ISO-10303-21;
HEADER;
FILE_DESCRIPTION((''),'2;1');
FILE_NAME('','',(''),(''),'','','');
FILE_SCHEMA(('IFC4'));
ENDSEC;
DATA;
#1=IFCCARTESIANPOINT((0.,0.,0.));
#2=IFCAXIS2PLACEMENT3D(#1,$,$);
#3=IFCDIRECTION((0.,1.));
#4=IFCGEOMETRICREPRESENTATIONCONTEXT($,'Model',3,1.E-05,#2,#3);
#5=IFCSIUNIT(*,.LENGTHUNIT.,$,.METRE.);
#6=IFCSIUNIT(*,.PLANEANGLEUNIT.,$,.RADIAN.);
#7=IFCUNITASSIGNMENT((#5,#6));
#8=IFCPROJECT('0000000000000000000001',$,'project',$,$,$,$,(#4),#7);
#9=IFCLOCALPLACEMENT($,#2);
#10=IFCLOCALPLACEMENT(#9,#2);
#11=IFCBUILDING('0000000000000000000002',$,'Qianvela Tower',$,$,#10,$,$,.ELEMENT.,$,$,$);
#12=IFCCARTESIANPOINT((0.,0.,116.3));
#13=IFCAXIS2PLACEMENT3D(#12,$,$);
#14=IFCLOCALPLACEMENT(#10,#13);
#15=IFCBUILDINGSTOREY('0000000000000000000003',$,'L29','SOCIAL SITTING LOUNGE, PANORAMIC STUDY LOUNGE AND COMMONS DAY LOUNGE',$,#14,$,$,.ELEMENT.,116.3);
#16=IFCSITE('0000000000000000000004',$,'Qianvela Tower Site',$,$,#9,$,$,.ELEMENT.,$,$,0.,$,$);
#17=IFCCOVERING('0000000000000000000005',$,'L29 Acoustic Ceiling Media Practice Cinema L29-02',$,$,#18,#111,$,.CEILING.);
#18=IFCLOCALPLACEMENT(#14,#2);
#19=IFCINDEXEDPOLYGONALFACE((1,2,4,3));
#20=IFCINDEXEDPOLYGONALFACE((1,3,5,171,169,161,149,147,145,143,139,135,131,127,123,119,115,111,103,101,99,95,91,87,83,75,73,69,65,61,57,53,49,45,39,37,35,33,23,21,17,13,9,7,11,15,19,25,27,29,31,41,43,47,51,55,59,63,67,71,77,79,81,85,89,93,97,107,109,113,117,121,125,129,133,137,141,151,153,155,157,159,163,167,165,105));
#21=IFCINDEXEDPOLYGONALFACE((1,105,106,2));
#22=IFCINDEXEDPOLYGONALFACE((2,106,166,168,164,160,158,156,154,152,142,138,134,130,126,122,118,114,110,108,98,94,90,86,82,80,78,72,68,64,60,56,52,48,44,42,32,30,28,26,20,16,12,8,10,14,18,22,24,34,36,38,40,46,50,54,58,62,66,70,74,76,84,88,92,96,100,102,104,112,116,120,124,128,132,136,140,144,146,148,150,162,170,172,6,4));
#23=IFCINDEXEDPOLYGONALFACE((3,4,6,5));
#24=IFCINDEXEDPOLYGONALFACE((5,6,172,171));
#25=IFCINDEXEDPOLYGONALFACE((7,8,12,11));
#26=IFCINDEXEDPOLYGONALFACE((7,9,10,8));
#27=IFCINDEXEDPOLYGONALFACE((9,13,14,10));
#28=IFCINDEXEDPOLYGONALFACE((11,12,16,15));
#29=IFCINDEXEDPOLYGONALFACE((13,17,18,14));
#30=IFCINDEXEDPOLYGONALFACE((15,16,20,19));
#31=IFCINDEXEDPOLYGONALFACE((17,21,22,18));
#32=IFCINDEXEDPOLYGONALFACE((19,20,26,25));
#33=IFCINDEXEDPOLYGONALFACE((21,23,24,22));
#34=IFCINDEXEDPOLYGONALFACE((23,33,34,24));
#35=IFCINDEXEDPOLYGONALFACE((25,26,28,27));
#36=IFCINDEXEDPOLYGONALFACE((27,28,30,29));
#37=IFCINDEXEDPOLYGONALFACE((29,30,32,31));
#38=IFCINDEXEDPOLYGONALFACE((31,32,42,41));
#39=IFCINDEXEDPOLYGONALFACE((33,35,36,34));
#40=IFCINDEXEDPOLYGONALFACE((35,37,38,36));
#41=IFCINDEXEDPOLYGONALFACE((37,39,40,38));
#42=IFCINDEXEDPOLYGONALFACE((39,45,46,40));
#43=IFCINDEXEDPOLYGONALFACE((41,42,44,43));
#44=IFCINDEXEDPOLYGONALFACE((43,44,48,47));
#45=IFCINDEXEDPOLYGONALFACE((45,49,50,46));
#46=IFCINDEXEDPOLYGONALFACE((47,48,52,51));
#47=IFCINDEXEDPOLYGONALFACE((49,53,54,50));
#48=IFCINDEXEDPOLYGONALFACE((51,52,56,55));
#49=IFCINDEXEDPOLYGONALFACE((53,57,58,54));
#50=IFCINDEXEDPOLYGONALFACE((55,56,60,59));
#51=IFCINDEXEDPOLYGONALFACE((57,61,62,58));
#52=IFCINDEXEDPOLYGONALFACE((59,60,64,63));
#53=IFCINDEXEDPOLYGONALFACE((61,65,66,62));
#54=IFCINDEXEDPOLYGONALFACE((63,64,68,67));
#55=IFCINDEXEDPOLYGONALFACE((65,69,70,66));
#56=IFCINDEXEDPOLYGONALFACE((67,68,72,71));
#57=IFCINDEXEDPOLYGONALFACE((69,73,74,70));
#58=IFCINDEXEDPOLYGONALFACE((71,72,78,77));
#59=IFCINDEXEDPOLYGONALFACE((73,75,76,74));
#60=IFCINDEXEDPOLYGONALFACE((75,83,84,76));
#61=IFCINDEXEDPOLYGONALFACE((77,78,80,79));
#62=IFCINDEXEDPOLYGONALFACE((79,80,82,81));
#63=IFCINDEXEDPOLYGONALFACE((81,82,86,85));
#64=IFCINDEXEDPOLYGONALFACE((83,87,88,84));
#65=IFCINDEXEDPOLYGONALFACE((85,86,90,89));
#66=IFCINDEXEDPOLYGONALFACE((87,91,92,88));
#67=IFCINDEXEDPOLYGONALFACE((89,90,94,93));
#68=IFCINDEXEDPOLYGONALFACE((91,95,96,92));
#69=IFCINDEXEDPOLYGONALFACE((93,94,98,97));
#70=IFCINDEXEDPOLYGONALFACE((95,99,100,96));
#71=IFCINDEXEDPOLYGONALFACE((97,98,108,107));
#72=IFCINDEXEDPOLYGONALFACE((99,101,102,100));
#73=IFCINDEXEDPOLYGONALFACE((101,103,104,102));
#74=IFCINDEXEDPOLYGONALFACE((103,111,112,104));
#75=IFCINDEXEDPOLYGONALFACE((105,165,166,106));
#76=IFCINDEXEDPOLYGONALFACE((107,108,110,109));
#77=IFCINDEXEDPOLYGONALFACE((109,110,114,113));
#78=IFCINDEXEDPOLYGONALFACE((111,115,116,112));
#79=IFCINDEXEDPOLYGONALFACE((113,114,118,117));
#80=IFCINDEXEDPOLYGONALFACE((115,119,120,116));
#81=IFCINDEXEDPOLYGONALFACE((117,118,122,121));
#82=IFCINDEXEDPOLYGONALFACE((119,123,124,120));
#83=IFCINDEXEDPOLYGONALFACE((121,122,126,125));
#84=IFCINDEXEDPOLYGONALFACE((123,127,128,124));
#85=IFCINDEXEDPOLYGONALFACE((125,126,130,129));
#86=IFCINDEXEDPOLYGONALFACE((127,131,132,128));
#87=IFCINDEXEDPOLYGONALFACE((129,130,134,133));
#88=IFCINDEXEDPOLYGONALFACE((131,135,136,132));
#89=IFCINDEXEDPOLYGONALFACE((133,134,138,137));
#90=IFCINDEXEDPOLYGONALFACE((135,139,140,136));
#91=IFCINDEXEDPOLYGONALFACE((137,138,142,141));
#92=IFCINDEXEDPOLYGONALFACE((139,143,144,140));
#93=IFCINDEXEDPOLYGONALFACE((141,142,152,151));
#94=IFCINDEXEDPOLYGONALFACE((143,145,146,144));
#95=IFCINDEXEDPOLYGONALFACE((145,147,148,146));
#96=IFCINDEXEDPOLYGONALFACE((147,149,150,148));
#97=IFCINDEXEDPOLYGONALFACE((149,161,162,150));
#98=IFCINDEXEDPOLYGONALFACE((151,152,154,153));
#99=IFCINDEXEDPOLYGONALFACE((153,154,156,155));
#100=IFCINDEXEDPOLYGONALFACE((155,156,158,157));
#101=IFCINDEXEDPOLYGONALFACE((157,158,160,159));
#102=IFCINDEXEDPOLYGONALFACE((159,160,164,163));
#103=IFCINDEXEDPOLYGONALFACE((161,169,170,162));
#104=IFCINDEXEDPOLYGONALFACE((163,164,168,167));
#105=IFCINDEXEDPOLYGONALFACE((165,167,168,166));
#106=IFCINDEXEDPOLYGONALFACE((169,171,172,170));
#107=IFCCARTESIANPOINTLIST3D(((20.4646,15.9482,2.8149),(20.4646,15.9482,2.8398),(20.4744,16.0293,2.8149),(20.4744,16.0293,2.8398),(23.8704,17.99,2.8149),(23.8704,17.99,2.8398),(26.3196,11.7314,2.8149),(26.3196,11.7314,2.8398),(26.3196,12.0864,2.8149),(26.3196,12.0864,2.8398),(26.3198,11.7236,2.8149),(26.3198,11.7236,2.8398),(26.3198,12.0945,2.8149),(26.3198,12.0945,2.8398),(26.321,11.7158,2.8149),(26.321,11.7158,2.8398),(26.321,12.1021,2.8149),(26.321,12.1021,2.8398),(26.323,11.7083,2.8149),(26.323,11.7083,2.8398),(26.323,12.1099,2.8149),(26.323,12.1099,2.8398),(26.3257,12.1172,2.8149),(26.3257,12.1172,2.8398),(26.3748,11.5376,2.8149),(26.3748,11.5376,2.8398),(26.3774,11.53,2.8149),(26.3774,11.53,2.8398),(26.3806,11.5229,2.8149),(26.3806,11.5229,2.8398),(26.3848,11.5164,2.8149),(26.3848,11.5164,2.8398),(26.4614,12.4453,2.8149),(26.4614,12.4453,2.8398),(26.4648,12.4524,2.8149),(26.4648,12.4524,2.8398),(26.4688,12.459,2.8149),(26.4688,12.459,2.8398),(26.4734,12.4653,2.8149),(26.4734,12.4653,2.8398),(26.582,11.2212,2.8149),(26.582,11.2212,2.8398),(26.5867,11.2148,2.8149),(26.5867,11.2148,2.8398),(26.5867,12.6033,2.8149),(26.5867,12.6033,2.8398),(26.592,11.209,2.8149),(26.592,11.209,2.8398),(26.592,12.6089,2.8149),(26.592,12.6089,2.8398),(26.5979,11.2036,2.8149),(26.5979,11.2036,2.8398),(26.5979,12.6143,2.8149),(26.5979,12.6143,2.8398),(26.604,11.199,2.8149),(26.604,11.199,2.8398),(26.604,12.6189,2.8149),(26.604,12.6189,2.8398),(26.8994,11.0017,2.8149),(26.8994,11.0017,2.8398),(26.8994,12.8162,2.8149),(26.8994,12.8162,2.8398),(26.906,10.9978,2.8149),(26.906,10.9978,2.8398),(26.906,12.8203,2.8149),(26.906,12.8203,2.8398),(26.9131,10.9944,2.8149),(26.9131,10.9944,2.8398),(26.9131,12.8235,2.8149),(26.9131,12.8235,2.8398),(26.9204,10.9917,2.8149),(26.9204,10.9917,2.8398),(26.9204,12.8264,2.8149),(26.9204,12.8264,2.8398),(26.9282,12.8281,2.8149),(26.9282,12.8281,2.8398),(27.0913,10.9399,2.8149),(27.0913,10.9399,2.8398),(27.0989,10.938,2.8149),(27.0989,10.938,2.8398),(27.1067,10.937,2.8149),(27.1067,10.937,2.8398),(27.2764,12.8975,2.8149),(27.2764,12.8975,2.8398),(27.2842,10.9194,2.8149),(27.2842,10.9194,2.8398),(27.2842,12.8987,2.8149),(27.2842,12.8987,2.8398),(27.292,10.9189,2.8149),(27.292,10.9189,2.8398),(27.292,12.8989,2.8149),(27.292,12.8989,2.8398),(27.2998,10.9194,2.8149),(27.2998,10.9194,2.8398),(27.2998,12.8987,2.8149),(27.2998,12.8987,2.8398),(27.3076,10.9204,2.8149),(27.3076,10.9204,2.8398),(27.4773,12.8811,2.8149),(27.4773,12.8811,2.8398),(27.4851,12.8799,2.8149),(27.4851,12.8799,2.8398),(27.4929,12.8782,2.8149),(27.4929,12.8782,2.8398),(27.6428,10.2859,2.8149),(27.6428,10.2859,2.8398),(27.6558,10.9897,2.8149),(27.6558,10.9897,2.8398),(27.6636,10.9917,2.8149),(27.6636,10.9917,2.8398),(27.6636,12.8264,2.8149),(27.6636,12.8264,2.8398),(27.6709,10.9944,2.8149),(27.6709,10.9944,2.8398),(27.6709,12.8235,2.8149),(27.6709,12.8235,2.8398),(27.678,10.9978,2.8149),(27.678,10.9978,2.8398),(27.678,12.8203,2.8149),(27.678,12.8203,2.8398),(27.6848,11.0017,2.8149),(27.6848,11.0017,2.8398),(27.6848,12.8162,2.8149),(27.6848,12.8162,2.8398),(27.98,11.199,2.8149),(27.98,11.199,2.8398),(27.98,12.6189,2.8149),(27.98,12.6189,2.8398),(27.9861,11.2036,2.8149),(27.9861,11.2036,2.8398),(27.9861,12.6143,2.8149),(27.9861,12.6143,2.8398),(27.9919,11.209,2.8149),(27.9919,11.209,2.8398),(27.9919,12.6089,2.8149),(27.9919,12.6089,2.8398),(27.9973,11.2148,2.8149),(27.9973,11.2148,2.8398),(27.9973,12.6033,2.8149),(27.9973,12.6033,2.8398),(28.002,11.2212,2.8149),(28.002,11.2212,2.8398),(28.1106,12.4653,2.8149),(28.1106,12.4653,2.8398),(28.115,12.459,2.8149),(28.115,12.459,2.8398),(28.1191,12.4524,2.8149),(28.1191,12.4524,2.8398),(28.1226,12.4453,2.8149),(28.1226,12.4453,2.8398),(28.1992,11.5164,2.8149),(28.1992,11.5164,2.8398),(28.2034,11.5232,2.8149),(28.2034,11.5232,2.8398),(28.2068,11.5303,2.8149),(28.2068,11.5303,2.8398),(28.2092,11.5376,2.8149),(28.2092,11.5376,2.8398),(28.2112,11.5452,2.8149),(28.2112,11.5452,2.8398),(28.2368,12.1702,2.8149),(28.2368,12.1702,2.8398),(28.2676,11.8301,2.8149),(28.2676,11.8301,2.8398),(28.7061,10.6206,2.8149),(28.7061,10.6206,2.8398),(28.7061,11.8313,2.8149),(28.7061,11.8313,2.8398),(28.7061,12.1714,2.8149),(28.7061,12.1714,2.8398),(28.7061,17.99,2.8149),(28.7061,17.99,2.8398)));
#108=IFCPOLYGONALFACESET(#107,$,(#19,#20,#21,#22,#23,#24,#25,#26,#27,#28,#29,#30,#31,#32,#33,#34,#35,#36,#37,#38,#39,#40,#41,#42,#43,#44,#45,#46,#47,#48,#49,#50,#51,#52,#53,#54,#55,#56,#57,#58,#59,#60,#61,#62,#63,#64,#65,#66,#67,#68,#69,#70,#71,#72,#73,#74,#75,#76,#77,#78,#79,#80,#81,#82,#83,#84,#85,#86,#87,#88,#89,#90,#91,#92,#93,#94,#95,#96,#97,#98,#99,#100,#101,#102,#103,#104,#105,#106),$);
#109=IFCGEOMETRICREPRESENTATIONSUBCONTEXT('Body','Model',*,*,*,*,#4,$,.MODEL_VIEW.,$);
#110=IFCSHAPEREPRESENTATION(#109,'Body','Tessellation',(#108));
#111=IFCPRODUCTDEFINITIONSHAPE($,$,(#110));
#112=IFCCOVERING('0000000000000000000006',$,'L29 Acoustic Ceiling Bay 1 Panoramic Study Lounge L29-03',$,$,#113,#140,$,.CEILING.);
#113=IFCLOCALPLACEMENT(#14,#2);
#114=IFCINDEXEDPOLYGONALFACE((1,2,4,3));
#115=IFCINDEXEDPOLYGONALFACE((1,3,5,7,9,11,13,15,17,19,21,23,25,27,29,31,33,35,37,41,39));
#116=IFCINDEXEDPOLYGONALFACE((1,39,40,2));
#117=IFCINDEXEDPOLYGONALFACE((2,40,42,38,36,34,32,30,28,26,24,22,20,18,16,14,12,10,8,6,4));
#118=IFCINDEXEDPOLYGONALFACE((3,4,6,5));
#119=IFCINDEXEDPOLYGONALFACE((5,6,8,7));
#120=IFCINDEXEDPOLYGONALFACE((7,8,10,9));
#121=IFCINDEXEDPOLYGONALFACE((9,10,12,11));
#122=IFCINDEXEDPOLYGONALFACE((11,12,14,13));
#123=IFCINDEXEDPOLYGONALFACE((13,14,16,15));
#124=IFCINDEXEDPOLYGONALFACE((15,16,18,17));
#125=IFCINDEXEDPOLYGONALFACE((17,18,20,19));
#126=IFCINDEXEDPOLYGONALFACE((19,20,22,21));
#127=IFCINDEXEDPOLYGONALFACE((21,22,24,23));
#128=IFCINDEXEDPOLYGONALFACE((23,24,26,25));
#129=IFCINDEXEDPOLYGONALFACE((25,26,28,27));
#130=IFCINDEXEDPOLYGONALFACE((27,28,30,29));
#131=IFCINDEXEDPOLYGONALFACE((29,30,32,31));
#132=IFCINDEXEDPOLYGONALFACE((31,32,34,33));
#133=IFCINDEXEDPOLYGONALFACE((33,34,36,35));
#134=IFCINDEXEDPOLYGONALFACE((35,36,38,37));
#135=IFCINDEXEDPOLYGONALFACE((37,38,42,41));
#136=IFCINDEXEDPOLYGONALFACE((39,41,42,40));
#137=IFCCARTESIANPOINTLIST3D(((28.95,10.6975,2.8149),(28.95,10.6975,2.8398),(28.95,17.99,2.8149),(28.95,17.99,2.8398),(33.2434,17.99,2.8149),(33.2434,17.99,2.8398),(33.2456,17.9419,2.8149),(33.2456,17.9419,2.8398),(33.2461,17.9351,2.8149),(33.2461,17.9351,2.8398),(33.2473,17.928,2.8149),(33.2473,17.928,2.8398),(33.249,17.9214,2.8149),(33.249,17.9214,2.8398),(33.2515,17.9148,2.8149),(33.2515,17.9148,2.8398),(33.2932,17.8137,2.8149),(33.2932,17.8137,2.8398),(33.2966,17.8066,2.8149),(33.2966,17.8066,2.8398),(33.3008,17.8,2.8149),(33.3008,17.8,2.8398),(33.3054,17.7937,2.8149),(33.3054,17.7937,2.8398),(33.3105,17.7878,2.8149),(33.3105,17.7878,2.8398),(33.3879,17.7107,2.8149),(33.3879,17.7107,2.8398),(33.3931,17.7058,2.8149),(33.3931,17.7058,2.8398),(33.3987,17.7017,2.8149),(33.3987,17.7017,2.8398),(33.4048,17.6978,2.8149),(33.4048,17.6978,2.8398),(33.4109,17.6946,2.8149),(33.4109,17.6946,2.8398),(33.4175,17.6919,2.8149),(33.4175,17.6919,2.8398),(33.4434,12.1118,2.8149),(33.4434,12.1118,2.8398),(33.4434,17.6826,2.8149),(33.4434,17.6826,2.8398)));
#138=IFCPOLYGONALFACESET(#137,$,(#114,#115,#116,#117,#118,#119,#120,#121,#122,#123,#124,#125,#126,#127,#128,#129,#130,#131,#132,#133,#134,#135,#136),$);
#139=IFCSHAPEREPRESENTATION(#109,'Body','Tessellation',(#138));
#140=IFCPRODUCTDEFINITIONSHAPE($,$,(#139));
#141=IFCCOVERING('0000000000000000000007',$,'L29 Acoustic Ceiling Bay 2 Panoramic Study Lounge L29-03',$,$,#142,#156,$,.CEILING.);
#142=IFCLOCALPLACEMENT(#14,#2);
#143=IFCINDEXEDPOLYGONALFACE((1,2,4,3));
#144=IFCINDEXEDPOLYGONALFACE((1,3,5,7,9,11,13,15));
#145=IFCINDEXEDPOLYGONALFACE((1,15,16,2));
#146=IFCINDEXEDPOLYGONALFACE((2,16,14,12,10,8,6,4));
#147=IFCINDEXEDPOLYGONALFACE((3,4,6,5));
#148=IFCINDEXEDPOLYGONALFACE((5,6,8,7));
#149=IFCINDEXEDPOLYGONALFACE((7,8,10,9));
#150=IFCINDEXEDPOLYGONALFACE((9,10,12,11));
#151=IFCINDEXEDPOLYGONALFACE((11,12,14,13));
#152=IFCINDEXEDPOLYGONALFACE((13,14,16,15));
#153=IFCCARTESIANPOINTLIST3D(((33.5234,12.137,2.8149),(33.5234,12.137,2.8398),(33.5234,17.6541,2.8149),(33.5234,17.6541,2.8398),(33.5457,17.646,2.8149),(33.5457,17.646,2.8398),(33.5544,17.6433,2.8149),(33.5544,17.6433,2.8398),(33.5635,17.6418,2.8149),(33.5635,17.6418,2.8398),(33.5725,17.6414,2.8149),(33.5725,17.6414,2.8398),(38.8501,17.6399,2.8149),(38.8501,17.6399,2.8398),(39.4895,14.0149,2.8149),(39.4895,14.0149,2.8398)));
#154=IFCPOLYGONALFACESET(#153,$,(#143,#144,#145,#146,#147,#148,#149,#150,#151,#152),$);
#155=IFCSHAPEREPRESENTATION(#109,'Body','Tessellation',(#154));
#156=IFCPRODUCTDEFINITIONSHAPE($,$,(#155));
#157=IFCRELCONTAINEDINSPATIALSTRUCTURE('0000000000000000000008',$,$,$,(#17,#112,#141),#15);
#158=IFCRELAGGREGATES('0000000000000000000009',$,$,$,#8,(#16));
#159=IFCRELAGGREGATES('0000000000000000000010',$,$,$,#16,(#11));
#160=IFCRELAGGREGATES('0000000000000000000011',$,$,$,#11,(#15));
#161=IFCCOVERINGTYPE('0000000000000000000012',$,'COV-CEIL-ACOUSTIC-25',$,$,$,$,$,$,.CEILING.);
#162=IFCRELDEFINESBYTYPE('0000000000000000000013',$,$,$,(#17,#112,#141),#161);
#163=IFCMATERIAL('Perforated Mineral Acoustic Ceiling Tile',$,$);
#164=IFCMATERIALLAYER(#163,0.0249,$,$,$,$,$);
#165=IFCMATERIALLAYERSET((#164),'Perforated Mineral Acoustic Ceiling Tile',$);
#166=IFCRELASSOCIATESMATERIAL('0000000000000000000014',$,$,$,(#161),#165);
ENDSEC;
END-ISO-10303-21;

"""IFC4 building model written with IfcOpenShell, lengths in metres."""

from ifc_helpers import new_model, si_unit, direction, frame, origin, place, context, subcontext, project, spatial, polyline, outline, extrude, material, layer, layer_set, type_object, element, save


model = new_model("IFC4")

# Units and contexts
model_context = context("Model", 3, precision=1e-05, world=origin(), true_north=direction((0.0, 1.0)))
body_context = subcontext(model_context, "Body", "Model", "MODEL_VIEW")
ifc_project = project(units=[si_unit("LENGTHUNIT", "METRE"), si_unit("PLANEANGLEUNIT", "RADIAN")], contexts=[model_context])

# Site, building, storey
site_placement = place(None, origin())
site = spatial("IfcSite", under=ifc_project, at=site_placement, Name="Qianvela Tower Site", CompositionType="ELEMENT", RefElevation=0.0)
building_placement = place(site_placement, origin())
building = spatial("IfcBuilding", under=site, at=building_placement, Name="Qianvela Tower", CompositionType="ELEMENT")
storey_placement = place(building_placement, frame((0.0, 0.0, 116.3)))
storey = spatial("IfcBuildingStorey", under=building, at=storey_placement, Name="L29", Description="SOCIAL SITTING LOUNGE, PANORAMIC STUDY LOUNGE AND COMMONS DAY LOUNGE", CompositionType="ELEMENT", Elevation=116.3)

# Coverings
ifc_material_1 = material(Name="Perforated Mineral Acoustic Ceiling Tile")
ifc_layer_1 = layer(ifc_material_1, 0.0249)
ifc_layer_set_1 = layer_set([ifc_layer_1], Name="Perforated Mineral Acoustic Ceiling Tile")
covering_type_1 = type_object("IfcCoveringType", Name="COV-CEIL-ACOUSTIC-25", PredefinedType="CEILING", material=ifc_layer_set_1)
covering_1_placement = place(storey_placement, frame((0.0, 0.0, 2.8149)))
element("IfcCovering", 1, at=covering_1_placement, inside=storey, type_object=covering_type_1, Name="L29 Acoustic Ceiling Media Practice Cinema L29-02", PredefinedType="CEILING", context=body_context, shape_type="SweptSolid", body=[
    extrude(outline(polyline([(28.7061, 12.1714), (28.2368, 12.1702), (28.1226, 12.4453), (28.1191, 12.4524), (28.115, 12.459), (28.1106, 12.4653), (27.9973, 12.6033), (27.9919, 12.6089), (27.9861, 12.6143), (27.98, 12.6189), (27.6848, 12.8162), (27.678, 12.8203), (27.6709, 12.8235), (27.6636, 12.8264), (27.4929, 12.8782), (27.4851, 12.8799), (27.4773, 12.8811), (27.2998, 12.8987), (27.292, 12.8989), (27.2842, 12.8987), (27.2764, 12.8975), (26.9282, 12.8281), (26.9204, 12.8264), (26.9131, 12.8235), (26.906, 12.8203), (26.8994, 12.8162), (26.604, 12.6189), (26.5979, 12.6143), (26.592, 12.6089), (26.5867, 12.6033), (26.4734, 12.4653), (26.4688, 12.459), (26.4648, 12.4524), (26.4614, 12.4453), (26.3257, 12.1172), (26.323, 12.1099), (26.321, 12.1021), (26.3198, 12.0945), (26.3196, 12.0864), (26.3196, 11.7314), (26.3198, 11.7236), (26.321, 11.7158), (26.323, 11.7083), (26.3748, 11.5376), (26.3774, 11.53), (26.3806, 11.5229), (26.3848, 11.5164), (26.582, 11.2212), (26.5867, 11.2148), (26.592, 11.209), (26.5979, 11.2036), (26.604, 11.199), (26.8994, 11.0017), (26.906, 10.9978), (26.9131, 10.9944), (26.9204, 10.9917), (27.0913, 10.9399), (27.0989, 10.938), (27.1067, 10.937), (27.2842, 10.9194), (27.292, 10.9189), (27.2998, 10.9194), (27.3076, 10.9204), (27.6558, 10.9897), (27.6636, 10.9917), (27.6709, 10.9944), (27.678, 10.9978), (27.6848, 11.0017), (27.98, 11.199), (27.9861, 11.2036), (27.9919, 11.209), (27.9973, 11.2148), (28.002, 11.2212), (28.1992, 11.5164), (28.2034, 11.5232), (28.2068, 11.5303), (28.2092, 11.5376), (28.2112, 11.5452), (28.2676, 11.8301), (28.7061, 11.8313), (28.7061, 10.6206), (27.6428, 10.2859), (20.4646, 15.9482), (20.4744, 16.0293), (23.8704, 17.99), (28.7061, 17.99), (28.7061, 12.1714)])), origin(), (0.0, 0.0, 1.0), 0.0249),
])
covering_2_placement = place(storey_placement, frame((0.0, 0.0, 2.8149)))
element("IfcCovering", 2, at=covering_2_placement, inside=storey, type_object=covering_type_1, Name="L29 Acoustic Ceiling Bay 1 Panoramic Study Lounge L29-03", PredefinedType="CEILING", context=body_context, shape_type="SweptSolid", body=[
    extrude(outline(polyline([(33.2461, 17.9351), (33.2473, 17.928), (33.249, 17.9214), (33.2515, 17.9148), (33.2932, 17.8137), (33.2966, 17.8066), (33.3008, 17.8), (33.3054, 17.7937), (33.3105, 17.7878), (33.3879, 17.7107), (33.3931, 17.7058), (33.3987, 17.7017), (33.4048, 17.6978), (33.4109, 17.6946), (33.4175, 17.6919), (33.4434, 17.6826), (33.4434, 12.1118), (28.95, 10.6975), (28.95, 17.99), (33.2434, 17.99), (33.2456, 17.9419), (33.2461, 17.9351)])), origin(), (0.0, 0.0, 1.0), 0.0249),
])
covering_3_placement = place(storey_placement, frame((0.0, 0.0, 2.8149)))
element("IfcCovering", 3, at=covering_3_placement, inside=storey, type_object=covering_type_1, Name="L29 Acoustic Ceiling Bay 2 Panoramic Study Lounge L29-03", PredefinedType="CEILING", context=body_context, shape_type="SweptSolid", body=[
    extrude(outline(polyline([(33.5457, 17.646), (33.5544, 17.6433), (33.5635, 17.6418), (33.5725, 17.6414), (38.8501, 17.6399), (39.4895, 14.0149), (33.5234, 12.137), (33.5234, 17.6541), (33.5457, 17.646)])), origin(), (0.0, 0.0, 1.0), 0.0249),
])

save(model, "model.ifc")
